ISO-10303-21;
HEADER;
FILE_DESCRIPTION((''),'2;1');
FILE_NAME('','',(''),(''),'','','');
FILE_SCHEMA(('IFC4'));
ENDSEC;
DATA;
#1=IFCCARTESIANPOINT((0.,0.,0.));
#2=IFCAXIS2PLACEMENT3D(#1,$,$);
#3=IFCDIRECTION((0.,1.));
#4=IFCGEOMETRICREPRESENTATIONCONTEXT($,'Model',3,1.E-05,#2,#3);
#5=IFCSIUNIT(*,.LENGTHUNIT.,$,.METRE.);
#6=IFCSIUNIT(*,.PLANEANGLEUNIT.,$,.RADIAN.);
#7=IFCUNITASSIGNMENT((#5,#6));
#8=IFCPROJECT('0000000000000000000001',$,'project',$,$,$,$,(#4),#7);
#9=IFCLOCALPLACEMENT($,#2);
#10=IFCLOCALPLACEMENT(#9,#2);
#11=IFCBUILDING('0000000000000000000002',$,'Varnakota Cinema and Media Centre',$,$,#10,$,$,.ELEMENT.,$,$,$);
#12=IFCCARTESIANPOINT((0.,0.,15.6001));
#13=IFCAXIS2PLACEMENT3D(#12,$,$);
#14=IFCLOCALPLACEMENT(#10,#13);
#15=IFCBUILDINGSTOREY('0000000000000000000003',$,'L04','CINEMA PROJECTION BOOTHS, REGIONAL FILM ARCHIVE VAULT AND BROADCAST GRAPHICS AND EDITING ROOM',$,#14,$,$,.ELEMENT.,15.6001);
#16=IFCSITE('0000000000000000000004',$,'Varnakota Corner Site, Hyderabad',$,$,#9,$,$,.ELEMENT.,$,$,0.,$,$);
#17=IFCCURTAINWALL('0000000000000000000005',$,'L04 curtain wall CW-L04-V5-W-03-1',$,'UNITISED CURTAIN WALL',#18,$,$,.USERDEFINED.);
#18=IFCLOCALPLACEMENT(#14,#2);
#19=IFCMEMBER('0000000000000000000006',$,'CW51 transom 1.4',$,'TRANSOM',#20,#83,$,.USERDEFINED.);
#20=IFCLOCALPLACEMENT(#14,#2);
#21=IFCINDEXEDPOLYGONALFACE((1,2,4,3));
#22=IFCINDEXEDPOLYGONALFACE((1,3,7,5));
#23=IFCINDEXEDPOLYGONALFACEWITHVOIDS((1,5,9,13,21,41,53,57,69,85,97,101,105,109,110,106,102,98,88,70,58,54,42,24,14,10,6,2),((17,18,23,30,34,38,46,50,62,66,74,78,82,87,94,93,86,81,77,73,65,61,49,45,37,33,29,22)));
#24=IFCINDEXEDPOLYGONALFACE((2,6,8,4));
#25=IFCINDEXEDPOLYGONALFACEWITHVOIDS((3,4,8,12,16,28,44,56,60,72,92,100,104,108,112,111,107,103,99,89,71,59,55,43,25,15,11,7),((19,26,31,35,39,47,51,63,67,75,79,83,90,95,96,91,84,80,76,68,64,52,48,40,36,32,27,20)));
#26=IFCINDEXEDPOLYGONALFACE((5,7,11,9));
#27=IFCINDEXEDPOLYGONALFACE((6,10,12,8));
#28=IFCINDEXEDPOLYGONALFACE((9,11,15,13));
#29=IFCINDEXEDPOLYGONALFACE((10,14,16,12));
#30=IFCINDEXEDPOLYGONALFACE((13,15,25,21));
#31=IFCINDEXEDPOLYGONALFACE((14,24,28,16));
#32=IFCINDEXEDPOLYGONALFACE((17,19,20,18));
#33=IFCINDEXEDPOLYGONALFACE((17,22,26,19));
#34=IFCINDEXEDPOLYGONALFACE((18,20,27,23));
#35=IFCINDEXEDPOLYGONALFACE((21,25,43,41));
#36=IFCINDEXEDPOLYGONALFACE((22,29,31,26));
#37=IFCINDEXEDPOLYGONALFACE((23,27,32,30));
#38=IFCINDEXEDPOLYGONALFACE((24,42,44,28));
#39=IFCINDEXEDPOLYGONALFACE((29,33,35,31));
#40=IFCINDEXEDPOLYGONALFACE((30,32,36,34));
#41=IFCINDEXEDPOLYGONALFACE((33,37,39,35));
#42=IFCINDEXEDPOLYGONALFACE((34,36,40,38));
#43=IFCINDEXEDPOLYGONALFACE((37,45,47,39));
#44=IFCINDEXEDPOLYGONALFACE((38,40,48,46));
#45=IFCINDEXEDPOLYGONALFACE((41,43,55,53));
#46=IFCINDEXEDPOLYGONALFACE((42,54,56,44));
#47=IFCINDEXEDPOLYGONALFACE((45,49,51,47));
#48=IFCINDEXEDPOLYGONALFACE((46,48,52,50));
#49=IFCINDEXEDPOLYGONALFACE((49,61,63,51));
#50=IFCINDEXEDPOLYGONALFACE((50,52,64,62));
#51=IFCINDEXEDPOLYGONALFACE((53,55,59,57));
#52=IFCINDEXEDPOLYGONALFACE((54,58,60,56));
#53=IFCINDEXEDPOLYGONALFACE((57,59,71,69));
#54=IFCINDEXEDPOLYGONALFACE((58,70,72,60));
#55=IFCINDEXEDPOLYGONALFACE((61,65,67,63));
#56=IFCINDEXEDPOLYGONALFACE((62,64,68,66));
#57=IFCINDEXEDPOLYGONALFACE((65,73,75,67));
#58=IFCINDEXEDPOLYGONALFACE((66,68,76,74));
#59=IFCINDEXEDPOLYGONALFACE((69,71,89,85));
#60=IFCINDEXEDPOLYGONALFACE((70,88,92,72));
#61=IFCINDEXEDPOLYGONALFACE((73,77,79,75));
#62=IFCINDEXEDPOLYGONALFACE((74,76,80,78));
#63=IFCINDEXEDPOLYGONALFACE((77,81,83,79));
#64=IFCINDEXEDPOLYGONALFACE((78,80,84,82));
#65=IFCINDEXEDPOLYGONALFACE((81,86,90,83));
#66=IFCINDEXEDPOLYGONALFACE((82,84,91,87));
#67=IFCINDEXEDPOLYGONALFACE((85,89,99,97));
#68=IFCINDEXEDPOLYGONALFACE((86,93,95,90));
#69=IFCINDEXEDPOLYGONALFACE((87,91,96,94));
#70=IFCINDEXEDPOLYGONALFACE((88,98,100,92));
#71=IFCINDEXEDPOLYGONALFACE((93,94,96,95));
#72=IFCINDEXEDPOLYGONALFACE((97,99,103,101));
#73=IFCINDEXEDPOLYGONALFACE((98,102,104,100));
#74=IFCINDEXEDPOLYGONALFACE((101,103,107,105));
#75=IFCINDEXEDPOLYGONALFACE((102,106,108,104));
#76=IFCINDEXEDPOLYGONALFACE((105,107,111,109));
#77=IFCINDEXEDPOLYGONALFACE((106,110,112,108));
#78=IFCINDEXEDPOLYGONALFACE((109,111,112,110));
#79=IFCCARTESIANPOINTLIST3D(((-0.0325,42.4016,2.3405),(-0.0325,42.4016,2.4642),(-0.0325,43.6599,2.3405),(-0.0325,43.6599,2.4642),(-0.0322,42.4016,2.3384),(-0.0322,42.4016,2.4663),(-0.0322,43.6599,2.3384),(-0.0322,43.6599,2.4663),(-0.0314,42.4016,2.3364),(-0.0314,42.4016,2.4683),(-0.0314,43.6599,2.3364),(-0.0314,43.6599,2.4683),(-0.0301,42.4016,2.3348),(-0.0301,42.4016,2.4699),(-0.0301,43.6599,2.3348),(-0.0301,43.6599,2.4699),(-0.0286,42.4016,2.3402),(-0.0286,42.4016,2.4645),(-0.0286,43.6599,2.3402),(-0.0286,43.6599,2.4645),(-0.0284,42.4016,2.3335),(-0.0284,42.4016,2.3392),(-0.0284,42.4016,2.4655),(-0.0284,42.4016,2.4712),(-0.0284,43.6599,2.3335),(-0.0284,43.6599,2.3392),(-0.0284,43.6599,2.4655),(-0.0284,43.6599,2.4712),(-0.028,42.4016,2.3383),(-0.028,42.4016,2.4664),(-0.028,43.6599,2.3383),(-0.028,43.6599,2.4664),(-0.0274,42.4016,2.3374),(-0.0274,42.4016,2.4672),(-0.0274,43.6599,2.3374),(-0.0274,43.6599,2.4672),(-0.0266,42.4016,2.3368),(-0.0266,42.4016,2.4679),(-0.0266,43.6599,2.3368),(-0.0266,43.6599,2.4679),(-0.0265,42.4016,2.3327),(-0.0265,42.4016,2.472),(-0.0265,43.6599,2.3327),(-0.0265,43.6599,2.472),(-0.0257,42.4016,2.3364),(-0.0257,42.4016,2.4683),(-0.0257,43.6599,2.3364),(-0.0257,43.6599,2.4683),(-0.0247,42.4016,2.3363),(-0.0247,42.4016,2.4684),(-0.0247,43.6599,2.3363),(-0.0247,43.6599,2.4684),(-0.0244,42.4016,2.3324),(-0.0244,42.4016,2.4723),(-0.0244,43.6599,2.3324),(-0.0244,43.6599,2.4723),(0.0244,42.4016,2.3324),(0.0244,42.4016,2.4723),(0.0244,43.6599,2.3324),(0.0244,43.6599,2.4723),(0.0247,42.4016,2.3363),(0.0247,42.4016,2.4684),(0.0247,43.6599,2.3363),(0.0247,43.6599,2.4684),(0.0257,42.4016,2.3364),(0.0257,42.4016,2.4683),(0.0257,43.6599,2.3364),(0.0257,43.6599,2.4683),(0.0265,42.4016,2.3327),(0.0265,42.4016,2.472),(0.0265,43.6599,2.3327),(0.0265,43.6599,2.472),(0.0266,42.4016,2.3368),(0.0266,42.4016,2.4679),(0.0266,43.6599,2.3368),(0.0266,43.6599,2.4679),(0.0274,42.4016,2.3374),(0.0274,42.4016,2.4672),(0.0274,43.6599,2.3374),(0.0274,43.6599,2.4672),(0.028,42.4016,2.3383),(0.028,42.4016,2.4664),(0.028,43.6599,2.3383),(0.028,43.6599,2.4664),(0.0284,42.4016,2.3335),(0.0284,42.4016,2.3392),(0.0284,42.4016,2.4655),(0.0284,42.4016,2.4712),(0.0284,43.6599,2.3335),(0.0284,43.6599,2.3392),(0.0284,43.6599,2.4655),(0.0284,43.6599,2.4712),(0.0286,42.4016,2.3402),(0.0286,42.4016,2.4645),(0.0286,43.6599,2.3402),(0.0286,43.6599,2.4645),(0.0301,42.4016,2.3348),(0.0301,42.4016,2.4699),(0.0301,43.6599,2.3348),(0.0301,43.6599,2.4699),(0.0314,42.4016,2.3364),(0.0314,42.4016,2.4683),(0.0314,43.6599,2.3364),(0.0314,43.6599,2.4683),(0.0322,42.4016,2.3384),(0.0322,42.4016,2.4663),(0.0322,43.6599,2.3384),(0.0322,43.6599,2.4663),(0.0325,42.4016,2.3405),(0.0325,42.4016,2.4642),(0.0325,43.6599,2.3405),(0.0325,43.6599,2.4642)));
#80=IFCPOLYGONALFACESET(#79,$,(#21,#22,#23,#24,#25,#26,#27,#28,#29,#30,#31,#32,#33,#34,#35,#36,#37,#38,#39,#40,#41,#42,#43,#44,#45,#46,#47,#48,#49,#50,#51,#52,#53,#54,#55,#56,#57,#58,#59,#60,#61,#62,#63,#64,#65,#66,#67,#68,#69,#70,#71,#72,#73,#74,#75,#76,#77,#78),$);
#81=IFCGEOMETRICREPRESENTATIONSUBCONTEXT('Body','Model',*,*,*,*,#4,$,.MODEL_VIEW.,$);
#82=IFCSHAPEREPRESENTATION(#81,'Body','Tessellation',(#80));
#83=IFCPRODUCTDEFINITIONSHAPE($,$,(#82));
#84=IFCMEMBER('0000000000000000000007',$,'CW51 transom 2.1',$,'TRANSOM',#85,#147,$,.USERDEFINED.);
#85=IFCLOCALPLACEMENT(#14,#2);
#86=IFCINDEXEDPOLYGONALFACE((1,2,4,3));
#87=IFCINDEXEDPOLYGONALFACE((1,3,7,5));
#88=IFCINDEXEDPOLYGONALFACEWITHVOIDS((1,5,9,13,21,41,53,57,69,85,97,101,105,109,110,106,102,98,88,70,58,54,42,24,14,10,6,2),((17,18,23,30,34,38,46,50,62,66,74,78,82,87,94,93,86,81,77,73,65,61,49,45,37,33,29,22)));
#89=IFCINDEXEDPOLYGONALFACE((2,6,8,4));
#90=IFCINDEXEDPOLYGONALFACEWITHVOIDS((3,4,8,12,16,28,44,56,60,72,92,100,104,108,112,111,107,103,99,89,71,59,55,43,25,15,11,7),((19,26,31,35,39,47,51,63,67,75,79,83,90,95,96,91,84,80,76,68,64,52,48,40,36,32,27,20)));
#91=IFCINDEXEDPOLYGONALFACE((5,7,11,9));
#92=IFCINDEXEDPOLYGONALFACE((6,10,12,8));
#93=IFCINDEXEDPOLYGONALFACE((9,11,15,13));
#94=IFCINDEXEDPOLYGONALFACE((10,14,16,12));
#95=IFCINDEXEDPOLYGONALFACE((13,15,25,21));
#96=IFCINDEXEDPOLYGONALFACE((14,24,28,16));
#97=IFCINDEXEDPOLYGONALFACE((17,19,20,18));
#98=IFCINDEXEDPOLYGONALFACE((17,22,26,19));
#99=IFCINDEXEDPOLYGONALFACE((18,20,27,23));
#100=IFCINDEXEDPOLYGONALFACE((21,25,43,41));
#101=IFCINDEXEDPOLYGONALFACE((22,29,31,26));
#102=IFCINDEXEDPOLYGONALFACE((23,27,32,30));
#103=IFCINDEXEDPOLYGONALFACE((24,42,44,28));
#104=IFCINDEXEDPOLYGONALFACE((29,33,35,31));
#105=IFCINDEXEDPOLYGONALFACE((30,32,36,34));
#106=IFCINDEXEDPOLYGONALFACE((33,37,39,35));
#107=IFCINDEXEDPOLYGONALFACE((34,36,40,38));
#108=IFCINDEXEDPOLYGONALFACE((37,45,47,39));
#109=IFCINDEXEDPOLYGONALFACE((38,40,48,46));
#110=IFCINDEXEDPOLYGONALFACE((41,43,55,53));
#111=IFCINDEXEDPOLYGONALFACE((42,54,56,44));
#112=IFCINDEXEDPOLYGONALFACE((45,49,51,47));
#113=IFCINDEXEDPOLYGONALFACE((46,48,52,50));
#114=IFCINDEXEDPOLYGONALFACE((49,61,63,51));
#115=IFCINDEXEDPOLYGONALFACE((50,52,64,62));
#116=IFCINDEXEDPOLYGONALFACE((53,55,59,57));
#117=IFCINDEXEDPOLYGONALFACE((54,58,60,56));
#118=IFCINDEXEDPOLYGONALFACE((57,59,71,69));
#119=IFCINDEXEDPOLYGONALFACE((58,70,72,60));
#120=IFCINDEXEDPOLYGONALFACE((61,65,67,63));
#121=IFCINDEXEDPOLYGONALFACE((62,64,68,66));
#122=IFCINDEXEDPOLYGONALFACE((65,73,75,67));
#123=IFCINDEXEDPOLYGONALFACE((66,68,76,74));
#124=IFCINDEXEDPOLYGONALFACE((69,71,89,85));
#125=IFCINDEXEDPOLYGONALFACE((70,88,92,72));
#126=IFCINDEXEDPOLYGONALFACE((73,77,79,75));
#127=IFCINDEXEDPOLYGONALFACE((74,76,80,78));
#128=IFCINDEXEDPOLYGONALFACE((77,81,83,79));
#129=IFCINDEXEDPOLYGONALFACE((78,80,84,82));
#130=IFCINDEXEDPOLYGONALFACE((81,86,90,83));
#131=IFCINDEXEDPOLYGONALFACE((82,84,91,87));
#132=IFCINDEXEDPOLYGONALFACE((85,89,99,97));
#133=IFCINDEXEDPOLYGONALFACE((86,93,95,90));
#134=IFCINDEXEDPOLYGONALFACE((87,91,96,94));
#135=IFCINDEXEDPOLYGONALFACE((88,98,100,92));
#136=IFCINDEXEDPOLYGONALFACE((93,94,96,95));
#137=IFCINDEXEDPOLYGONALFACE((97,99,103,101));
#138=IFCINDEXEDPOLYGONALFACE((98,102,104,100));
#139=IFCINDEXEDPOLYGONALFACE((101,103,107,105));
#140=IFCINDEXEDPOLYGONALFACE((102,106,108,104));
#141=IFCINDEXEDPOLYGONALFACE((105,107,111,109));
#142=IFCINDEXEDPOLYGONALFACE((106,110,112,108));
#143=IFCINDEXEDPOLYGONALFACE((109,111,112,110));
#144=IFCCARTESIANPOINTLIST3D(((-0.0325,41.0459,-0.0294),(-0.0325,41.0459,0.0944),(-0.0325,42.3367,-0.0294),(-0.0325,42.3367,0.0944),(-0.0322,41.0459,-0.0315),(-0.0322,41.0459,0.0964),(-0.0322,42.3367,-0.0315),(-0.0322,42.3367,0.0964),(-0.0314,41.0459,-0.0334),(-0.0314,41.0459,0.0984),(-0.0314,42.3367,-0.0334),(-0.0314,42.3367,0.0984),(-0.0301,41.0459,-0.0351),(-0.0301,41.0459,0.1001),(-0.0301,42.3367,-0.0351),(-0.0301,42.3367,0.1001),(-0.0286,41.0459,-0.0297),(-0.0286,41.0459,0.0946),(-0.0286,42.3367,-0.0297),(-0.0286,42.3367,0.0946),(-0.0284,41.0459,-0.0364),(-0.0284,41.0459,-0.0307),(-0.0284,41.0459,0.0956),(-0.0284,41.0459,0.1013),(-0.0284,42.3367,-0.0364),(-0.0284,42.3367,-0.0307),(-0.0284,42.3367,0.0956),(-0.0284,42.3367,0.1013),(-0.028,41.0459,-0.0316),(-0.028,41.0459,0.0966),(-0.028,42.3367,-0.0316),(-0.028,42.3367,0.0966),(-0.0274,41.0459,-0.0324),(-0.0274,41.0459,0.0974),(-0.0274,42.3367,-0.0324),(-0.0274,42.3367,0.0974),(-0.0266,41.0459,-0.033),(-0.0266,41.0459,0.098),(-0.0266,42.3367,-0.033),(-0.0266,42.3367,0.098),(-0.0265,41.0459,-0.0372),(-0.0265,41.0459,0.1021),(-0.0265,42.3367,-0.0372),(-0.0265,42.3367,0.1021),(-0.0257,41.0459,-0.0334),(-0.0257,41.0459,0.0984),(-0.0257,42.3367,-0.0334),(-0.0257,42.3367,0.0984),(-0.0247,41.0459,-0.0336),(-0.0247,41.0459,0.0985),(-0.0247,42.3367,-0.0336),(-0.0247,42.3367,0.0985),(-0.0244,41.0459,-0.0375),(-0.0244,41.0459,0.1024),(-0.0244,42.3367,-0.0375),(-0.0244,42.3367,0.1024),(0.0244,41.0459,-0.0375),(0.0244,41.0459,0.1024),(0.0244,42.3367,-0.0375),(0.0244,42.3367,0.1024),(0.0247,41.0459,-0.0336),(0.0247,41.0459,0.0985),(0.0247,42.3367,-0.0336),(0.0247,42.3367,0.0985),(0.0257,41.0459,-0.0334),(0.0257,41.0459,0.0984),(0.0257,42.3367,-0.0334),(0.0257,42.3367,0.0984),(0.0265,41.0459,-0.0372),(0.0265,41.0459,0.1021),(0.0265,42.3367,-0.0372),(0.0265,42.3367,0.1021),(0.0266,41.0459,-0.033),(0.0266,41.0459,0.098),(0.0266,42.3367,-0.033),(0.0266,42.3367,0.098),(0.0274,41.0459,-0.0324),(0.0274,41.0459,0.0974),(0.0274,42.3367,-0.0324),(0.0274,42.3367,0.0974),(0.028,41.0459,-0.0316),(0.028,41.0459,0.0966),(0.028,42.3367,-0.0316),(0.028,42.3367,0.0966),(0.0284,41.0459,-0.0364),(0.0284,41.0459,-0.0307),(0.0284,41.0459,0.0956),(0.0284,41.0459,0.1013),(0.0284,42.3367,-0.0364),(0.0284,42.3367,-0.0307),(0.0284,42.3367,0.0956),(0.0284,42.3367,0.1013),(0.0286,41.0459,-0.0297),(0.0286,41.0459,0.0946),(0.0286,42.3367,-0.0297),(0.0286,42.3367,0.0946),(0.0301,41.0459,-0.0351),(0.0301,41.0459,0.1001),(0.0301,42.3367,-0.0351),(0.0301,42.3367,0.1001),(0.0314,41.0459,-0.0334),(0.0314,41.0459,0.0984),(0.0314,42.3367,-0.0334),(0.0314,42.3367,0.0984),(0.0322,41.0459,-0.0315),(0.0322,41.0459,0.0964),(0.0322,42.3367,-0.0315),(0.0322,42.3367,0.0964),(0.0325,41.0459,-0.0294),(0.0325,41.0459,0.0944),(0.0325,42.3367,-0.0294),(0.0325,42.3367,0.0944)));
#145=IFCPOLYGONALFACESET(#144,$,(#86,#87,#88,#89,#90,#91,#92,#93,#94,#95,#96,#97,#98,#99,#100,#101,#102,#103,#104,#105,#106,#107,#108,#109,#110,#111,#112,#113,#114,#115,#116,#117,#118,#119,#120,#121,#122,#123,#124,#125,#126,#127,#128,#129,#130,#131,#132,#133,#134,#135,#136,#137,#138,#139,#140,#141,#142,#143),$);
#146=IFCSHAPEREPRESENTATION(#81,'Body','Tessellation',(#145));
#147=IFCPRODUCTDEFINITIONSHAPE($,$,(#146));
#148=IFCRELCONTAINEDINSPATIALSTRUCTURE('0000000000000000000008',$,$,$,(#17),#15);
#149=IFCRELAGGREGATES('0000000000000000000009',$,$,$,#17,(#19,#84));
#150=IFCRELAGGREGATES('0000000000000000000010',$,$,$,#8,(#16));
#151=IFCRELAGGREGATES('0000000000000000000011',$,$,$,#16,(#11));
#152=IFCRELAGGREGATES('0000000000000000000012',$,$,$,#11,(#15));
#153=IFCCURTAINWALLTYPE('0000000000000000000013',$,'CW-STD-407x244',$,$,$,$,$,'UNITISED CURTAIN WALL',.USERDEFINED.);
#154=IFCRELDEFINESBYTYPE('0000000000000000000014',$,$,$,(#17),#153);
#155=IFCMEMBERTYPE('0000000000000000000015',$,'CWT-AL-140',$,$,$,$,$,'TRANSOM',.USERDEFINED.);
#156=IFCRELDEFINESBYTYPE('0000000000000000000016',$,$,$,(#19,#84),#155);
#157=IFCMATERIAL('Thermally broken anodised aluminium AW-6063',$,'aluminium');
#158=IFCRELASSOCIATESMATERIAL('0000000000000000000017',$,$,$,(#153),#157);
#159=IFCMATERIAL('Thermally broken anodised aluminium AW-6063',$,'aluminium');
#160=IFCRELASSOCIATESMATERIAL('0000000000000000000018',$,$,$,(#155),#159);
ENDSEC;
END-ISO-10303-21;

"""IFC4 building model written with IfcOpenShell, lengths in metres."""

from ifc_helpers import new_model, si_unit, direction, frame, origin, origin_2d, place, context, subcontext, project, spatial, hollow_rectangle, extrude, material, material_profile, profile_set, type_object, element, aggregate, save


model = new_model("IFC4")

# Units and contexts
model_context = context("Model", 3, precision=1e-05, world=origin(), true_north=direction((0.0, 1.0)))
body_context = subcontext(model_context, "Body", "Model", "MODEL_VIEW")
ifc_project = project(units=[si_unit("LENGTHUNIT", "METRE"), si_unit("PLANEANGLEUNIT", "RADIAN")], contexts=[model_context])

# Site, building, storey
site_placement = place(None, origin())
site = spatial("IfcSite", under=ifc_project, at=site_placement, Name="Varnakota Corner Site, Hyderabad", CompositionType="ELEMENT", RefElevation=0.0)
building_placement = place(site_placement, origin())
building = spatial("IfcBuilding", under=site, at=building_placement, Name="Varnakota Cinema and Media Centre", CompositionType="ELEMENT")
storey_placement = place(building_placement, frame((0.0, 0.0, 15.6001)))
storey = spatial("IfcBuildingStorey", under=building, at=storey_placement, Name="L04", Description="CINEMA PROJECTION BOOTHS, REGIONAL FILM ARCHIVE VAULT AND BROADCAST GRAPHICS AND EDITING ROOM", CompositionType="ELEMENT", Elevation=15.6001)

# Curtain wall
ifc_material_1 = material(Name="Thermally broken anodised aluminium AW-6063", Category="aluminium")
curtain_wall_type_1 = type_object("IfcCurtainWallType", Name="CW-STD-407x244", ElementType="UNITISED CURTAIN WALL", PredefinedType="USERDEFINED", material=ifc_material_1)
curtain_wall_1_placement = place(storey_placement, origin())
curtain_wall_1 = element("IfcCurtainWall", 1, at=curtain_wall_1_placement, inside=storey, type_object=curtain_wall_type_1, Name="L04 curtain wall CW-L04-V5-W-03-1", ObjectType="UNITISED CURTAIN WALL", PredefinedType="USERDEFINED")

# Members
ifc_material_2 = material(Name="Thermally broken anodised aluminium AW-6063", Category="aluminium")
ifc_material_profile_1 = material_profile(ifc_material_2, hollow_rectangle(XDim=0.0649, YDim=0.1399, WallThickness=0.0039, InnerFilletRadius=0.0039, OuterFilletRadius=0.0081, at=origin_2d()), Name="AL-TRANSOM 140x65x4")
ifc_profile_set_1 = profile_set([ifc_material_profile_1], Name="Thermally broken anodised aluminium AW-6063")
member_type_1 = type_object("IfcMemberType", Name="CWT-AL-140", ElementType="TRANSOM", PredefinedType="USERDEFINED", material=ifc_profile_set_1)
member_1_placement = place(storey_placement, frame((0.0, 43.6599, 2.4023), z_axis=(0.0, -1.0, 0.0), x_axis=(1.0, 0.0, 0.0)))
member_1 = element("IfcMember", 2, at=member_1_placement, type_object=member_type_1, Name="CW51 transom 1.4", ObjectType="TRANSOM", PredefinedType="USERDEFINED", context=body_context, shape_type="SweptSolid", body=[
    extrude(hollow_rectangle(XDim=0.0649, YDim=0.1399, WallThickness=0.0039, InnerFilletRadius=0.0039, OuterFilletRadius=0.0081, at=origin_2d()), origin(), (0.0, 0.0, 1.0), 1.2583),
])
member_2_placement = place(storey_placement, frame((0.0, 42.3367, 0.0325), z_axis=(0.0, -1.0, 0.0), x_axis=(1.0, 0.0, 0.0)))
member_2 = element("IfcMember", 3, at=member_2_placement, type_object=member_type_1, Name="CW51 transom 2.1", ObjectType="TRANSOM", PredefinedType="USERDEFINED", context=body_context, shape_type="SweptSolid", body=[
    extrude(hollow_rectangle(XDim=0.0649, YDim=0.1399, WallThickness=0.0039, InnerFilletRadius=0.0039, OuterFilletRadius=0.0081, at=origin_2d()), origin(), (0.0, 0.0, 1.0), 1.2908),
])

aggregate(curtain_wall_1, [member_1, member_2])

save(model, "model.ifc")
